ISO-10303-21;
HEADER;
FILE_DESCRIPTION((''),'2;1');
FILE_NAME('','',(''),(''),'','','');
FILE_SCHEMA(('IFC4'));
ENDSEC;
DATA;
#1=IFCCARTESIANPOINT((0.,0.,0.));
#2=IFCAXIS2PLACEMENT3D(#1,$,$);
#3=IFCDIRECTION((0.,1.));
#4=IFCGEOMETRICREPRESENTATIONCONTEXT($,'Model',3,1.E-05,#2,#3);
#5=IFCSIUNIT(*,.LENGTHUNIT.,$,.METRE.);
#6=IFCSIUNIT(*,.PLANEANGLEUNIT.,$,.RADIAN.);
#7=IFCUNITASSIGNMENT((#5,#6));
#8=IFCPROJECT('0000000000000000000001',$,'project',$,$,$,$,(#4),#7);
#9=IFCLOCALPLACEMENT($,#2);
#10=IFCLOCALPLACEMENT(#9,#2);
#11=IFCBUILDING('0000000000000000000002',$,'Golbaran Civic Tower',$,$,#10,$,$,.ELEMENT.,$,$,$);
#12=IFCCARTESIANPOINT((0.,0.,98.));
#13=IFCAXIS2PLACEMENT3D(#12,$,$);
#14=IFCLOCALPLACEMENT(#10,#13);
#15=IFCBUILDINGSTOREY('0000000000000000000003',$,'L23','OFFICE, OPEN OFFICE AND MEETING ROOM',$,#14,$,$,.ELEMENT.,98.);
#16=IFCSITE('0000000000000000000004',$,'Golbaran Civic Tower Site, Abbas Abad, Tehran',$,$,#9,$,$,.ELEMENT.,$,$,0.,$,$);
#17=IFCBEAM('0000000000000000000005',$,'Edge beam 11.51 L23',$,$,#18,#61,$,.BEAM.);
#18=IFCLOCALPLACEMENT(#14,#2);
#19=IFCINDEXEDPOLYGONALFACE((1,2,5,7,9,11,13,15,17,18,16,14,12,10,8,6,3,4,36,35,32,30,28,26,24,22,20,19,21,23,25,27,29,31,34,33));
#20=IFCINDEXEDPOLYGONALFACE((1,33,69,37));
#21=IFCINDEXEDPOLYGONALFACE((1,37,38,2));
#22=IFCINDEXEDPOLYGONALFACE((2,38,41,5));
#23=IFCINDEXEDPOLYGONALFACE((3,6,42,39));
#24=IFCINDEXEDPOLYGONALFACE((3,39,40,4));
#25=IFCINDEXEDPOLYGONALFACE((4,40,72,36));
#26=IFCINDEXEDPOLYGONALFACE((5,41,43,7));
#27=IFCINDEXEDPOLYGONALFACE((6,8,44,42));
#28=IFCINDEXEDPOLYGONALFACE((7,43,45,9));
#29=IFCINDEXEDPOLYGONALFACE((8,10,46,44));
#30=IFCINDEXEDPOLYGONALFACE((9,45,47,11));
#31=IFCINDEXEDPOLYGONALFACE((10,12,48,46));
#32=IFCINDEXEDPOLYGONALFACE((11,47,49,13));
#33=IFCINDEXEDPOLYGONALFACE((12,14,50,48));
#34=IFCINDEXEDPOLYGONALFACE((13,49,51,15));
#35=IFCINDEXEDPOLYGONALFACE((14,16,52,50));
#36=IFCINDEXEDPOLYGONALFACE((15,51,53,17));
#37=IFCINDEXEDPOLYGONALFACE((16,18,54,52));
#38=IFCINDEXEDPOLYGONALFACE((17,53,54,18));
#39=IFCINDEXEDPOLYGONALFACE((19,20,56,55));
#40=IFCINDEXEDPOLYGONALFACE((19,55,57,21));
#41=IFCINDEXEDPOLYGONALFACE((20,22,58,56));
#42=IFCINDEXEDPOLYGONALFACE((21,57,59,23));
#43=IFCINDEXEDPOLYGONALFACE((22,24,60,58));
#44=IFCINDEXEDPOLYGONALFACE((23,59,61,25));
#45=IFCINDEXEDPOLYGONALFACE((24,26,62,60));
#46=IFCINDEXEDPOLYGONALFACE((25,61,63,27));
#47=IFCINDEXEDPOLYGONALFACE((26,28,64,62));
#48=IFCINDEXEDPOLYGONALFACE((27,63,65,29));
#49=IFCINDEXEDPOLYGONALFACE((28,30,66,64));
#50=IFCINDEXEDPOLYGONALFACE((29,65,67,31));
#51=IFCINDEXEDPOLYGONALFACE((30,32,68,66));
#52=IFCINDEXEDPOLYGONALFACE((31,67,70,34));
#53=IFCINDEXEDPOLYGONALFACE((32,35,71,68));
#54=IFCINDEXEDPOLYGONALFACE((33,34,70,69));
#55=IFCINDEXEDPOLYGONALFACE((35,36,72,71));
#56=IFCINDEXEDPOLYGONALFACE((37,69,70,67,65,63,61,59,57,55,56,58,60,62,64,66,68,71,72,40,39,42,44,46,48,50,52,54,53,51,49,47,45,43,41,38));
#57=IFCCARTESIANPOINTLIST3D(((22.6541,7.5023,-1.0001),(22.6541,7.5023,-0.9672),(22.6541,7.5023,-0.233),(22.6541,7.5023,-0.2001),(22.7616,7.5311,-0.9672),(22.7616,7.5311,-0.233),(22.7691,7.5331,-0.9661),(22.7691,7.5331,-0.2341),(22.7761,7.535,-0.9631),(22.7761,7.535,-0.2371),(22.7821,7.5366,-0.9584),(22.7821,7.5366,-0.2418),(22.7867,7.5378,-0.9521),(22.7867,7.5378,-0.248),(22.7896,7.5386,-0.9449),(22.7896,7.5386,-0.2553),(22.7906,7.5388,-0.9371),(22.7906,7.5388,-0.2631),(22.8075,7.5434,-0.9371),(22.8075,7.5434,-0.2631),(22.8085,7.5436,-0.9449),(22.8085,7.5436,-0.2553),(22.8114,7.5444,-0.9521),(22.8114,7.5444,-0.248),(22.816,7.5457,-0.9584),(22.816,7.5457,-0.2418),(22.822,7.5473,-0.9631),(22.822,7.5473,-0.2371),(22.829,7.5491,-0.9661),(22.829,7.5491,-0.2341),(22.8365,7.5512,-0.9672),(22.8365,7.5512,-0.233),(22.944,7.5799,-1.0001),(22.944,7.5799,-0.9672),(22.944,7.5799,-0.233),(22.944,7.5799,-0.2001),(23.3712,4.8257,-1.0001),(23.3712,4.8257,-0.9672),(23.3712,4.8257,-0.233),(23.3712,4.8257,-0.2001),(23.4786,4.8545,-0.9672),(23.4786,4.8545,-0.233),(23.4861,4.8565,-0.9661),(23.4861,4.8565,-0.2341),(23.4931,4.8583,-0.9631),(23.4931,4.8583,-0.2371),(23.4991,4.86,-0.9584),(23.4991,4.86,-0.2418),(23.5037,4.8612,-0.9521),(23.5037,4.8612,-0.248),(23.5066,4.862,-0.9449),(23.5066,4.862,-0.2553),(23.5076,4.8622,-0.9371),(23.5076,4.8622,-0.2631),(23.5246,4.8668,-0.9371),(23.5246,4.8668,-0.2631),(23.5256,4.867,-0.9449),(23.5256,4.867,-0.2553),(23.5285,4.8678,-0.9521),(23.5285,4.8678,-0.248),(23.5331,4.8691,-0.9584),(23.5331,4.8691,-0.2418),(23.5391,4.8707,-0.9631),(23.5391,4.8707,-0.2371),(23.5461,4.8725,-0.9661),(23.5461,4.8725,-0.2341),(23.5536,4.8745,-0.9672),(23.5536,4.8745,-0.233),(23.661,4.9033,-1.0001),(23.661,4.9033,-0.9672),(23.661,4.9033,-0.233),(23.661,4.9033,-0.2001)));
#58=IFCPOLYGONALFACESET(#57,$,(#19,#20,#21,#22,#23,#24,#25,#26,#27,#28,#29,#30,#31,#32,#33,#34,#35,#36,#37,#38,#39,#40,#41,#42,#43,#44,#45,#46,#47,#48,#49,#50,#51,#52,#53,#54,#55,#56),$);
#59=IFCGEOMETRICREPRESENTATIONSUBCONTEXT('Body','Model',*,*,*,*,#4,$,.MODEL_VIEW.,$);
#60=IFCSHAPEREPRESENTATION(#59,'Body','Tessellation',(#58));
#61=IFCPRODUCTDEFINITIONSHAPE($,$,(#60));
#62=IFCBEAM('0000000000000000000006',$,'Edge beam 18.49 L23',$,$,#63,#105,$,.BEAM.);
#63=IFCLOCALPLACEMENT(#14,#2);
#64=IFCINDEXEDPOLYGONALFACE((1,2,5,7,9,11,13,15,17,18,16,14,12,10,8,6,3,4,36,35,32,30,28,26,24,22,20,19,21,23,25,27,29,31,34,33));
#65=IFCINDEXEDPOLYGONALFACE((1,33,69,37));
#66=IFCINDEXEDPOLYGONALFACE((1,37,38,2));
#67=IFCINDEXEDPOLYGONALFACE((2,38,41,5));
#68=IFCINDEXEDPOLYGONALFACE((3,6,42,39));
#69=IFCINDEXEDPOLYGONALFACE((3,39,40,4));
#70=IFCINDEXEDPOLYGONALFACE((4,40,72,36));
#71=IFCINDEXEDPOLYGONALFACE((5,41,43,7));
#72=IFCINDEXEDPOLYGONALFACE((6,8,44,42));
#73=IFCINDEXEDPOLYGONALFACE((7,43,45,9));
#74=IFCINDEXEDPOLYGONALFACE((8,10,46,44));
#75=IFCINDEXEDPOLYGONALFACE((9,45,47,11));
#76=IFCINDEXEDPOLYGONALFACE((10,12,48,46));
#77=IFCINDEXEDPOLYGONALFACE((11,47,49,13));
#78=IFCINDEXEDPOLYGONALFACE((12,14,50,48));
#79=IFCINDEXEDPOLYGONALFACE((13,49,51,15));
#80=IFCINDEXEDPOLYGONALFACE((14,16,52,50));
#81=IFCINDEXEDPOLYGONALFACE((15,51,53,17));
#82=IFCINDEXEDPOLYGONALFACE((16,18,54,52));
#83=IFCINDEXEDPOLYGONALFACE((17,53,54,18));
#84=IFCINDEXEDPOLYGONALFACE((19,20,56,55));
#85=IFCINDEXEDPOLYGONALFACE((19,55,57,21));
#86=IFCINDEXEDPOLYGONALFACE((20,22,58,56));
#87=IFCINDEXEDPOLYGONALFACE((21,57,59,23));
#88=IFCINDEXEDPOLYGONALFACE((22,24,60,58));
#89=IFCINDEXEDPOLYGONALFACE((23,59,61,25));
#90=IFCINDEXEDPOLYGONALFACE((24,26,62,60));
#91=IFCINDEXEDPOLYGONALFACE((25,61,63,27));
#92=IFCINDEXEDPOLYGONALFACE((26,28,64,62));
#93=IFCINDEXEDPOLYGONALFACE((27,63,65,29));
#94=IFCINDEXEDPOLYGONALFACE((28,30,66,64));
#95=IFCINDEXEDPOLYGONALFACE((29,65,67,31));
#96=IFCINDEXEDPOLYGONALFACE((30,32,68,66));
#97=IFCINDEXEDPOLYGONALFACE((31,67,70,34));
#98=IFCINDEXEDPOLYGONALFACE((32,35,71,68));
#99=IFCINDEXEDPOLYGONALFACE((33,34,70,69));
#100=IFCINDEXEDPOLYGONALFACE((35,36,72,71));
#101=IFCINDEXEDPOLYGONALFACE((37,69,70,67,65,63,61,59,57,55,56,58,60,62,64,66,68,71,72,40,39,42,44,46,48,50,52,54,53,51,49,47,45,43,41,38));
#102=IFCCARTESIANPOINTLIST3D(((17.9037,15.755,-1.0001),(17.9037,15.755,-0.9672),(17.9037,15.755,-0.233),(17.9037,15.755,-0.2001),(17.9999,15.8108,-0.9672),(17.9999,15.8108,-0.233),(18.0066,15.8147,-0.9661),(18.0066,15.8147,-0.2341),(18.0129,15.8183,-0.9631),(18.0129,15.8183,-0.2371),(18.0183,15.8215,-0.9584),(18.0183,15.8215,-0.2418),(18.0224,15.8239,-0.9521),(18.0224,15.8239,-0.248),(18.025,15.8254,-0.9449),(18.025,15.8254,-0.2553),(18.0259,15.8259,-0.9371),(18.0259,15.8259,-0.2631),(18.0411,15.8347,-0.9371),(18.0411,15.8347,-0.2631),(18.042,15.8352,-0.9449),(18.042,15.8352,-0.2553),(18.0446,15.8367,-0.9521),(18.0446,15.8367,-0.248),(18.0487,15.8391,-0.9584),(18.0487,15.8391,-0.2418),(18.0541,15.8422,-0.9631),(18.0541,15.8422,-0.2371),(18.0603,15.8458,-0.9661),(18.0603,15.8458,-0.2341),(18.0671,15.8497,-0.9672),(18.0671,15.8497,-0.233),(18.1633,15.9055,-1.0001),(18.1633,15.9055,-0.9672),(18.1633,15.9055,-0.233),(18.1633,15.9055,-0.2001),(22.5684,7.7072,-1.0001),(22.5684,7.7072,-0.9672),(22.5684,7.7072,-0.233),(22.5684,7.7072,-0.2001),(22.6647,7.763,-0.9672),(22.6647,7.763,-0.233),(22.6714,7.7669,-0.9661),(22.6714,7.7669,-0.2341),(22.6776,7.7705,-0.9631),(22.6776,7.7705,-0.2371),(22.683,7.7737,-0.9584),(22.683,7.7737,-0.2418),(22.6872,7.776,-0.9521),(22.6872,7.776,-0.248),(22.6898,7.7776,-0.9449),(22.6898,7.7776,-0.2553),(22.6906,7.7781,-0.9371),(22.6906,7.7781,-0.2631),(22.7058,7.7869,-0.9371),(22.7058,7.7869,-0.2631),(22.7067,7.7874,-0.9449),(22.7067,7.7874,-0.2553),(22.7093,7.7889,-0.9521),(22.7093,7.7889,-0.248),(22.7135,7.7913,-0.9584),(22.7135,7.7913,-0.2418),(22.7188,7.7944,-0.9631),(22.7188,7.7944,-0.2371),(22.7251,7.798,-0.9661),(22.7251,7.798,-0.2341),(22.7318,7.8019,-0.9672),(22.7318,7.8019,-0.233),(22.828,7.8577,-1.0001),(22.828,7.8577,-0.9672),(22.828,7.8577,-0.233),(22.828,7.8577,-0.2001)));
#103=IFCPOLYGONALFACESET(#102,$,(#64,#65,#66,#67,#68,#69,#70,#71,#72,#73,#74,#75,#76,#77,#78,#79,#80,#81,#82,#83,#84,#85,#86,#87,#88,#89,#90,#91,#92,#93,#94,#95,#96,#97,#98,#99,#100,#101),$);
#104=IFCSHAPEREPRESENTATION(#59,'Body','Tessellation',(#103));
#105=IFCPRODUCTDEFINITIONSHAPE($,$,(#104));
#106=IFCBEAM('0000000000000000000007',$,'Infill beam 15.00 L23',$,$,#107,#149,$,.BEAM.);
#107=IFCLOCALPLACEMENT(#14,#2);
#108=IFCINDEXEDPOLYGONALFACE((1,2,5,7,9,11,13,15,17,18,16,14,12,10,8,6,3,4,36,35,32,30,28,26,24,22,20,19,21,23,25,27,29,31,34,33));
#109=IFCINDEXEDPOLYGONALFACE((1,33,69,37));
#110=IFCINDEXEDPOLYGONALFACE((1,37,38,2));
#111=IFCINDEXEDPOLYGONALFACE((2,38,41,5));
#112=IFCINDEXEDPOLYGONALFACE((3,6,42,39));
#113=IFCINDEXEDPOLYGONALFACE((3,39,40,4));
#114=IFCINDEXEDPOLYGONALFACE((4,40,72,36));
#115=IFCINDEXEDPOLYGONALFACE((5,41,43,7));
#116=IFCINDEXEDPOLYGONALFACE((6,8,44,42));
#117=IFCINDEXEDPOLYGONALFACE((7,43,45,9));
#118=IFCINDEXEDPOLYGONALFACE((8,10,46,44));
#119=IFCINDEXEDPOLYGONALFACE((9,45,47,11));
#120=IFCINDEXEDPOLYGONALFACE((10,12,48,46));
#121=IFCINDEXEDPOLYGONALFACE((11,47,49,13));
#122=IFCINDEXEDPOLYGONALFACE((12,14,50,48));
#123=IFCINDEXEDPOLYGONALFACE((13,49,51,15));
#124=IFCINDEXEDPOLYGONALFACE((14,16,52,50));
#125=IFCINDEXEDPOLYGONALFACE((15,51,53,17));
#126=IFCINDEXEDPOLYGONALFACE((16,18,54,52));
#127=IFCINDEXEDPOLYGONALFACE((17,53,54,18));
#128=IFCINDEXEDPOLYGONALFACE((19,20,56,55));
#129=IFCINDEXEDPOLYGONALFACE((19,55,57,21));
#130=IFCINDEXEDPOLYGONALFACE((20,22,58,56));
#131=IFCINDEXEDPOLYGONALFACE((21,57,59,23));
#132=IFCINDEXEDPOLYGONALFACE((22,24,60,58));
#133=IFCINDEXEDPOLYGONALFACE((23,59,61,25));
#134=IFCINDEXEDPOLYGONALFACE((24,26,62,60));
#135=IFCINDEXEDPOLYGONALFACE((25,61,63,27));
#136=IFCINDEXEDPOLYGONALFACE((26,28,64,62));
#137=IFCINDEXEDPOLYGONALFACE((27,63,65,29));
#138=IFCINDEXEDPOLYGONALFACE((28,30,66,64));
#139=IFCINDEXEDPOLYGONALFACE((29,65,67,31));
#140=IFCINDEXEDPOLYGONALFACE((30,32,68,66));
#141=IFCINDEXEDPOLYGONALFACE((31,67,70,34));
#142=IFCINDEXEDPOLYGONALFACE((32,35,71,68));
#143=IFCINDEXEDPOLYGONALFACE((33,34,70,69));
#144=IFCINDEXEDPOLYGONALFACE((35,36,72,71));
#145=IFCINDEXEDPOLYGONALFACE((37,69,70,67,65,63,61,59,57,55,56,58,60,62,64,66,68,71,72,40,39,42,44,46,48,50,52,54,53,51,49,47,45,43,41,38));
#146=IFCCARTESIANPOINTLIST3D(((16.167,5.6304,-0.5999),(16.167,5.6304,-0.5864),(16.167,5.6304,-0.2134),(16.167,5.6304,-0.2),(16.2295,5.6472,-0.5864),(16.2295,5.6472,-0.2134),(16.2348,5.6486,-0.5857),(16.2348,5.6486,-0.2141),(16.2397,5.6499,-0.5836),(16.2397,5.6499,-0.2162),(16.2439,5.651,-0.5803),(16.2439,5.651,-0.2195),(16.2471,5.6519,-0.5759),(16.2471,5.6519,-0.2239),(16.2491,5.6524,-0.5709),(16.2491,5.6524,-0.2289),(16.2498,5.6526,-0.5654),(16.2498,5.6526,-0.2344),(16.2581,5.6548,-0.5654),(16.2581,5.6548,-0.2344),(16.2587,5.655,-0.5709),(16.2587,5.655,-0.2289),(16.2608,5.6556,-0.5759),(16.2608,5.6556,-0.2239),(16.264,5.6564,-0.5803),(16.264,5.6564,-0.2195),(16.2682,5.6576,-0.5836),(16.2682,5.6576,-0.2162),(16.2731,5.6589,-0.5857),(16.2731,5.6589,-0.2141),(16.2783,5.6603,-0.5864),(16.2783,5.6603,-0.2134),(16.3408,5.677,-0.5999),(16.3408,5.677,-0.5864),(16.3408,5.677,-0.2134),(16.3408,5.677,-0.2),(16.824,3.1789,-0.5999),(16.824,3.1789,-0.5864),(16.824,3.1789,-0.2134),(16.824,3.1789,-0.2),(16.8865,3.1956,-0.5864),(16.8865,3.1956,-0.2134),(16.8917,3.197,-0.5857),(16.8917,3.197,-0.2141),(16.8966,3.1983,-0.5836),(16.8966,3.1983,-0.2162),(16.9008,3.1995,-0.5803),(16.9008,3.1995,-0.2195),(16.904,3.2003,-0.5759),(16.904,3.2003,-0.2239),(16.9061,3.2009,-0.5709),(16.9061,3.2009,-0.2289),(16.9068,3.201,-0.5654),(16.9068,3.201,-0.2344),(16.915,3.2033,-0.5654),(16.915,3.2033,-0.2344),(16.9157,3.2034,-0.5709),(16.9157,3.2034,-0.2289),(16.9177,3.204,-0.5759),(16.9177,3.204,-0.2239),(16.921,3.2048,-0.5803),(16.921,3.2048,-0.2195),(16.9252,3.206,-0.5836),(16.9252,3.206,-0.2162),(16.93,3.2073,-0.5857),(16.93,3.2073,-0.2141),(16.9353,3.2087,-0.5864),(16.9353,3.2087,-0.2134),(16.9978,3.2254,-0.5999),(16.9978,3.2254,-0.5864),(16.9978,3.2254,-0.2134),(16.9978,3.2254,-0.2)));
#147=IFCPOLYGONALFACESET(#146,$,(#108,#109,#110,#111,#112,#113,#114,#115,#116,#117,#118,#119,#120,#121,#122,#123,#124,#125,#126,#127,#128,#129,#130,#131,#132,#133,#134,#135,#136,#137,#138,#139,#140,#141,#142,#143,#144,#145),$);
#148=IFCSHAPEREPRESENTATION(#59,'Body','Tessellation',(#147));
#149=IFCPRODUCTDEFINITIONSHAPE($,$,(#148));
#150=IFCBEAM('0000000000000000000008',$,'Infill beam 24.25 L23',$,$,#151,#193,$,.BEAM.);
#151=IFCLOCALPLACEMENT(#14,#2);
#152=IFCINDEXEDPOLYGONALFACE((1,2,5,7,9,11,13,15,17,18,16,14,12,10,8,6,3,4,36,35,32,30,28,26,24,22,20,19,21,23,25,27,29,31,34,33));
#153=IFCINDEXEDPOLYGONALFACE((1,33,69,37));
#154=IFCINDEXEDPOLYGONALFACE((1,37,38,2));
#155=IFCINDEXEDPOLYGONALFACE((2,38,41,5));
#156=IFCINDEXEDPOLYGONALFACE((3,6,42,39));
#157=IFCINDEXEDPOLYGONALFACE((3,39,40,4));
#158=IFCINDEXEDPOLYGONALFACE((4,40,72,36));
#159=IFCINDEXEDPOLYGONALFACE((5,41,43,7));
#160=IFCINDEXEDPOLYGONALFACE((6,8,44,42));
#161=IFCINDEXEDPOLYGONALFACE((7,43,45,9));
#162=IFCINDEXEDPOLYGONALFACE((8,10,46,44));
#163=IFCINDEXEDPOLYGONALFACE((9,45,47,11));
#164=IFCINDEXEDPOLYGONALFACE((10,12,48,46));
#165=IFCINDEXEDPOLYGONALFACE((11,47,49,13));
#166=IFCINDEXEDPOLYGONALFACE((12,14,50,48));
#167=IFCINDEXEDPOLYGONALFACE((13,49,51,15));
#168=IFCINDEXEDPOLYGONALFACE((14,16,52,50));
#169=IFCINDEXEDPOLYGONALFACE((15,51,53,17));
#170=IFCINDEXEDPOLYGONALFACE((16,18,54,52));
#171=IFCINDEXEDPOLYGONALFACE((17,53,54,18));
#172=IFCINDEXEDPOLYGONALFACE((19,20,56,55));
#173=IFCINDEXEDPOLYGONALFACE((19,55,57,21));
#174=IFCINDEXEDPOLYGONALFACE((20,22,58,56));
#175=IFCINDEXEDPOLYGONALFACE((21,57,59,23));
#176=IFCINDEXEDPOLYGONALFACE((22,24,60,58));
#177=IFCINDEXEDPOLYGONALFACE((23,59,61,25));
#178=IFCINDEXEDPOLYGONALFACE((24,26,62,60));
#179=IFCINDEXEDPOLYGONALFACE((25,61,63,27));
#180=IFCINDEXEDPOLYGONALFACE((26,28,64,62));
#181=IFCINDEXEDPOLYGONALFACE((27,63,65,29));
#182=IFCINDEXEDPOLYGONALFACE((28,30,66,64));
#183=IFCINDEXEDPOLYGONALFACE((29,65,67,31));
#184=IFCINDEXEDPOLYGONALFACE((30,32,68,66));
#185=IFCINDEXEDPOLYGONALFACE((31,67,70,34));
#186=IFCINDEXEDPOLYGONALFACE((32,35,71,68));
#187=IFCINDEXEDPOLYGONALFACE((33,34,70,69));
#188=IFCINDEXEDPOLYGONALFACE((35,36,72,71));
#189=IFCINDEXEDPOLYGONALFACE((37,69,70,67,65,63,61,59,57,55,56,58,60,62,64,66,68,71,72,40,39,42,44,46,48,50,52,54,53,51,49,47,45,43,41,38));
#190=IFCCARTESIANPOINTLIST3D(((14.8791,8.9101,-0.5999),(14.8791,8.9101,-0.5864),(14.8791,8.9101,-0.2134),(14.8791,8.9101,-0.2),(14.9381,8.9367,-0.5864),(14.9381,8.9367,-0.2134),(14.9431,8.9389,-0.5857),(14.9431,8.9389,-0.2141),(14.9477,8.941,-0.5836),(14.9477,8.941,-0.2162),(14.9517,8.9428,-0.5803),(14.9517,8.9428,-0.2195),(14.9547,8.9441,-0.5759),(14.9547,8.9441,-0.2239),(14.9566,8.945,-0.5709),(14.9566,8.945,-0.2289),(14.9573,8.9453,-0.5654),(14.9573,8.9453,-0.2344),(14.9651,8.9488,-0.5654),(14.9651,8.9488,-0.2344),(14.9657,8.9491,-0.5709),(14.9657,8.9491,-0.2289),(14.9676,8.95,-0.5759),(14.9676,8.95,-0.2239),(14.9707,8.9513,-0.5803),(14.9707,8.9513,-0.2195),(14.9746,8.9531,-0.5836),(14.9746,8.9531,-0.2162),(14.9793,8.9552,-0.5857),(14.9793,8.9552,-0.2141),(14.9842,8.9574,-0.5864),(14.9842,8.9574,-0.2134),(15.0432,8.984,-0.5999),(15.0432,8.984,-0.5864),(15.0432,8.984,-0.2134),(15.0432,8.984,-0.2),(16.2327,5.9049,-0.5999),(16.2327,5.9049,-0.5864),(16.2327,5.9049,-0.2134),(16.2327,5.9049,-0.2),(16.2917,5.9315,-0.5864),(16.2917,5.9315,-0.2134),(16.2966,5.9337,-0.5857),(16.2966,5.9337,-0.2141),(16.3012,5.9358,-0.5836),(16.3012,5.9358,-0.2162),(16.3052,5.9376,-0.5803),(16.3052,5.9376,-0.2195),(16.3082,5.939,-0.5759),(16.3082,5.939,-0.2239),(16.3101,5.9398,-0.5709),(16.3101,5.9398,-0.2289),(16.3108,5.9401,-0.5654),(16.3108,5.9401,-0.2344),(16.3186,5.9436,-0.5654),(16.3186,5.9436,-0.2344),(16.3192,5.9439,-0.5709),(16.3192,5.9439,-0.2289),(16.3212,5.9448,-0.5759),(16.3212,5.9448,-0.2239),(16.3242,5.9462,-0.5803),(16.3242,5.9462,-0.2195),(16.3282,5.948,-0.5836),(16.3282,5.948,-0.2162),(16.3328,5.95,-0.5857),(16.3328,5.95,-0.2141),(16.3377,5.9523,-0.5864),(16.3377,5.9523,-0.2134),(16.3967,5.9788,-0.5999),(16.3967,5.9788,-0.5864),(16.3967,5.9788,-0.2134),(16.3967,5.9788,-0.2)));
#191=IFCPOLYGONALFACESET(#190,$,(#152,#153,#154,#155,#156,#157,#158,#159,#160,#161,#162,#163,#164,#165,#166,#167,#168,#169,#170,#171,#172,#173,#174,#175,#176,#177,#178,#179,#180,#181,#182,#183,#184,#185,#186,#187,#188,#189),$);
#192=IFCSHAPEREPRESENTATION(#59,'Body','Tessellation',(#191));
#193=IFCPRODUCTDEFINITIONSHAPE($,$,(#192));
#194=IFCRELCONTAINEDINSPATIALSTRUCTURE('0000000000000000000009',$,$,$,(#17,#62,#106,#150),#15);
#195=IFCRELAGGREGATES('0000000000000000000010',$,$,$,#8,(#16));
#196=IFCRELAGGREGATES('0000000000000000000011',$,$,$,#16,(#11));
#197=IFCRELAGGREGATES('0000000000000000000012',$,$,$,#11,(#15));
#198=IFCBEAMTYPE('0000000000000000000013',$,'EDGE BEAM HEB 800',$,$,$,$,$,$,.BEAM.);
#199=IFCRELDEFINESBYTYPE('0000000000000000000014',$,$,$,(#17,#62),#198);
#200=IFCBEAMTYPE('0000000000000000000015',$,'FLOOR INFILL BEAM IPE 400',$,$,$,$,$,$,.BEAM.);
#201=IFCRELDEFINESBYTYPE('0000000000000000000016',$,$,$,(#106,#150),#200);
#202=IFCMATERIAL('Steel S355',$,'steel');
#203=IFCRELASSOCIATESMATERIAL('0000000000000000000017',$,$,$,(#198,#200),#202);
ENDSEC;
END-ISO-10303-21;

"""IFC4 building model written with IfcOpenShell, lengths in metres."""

from ifc_helpers import new_model, si_unit, direction, frame, origin, origin_2d, place, context, subcontext, project, spatial, i_section, extrude, material, material_profile, profile_set, type_object, element, save


model = new_model("IFC4")

# Units and contexts
model_context = context("Model", 3, precision=1e-05, world=origin(), true_north=direction((0.0, 1.0)))
body_context = subcontext(model_context, "Body", "Model", "MODEL_VIEW")
ifc_project = project(units=[si_unit("LENGTHUNIT", "METRE"), si_unit("PLANEANGLEUNIT", "RADIAN")], contexts=[model_context])

# Site, building, storey
site_placement = place(None, origin())
site = spatial("IfcSite", under=ifc_project, at=site_placement, Name="Golbaran Civic Tower Site, Abbas Abad, Tehran", CompositionType="ELEMENT", RefElevation=0.0)
building_placement = place(site_placement, origin())
building = spatial("IfcBuilding", under=site, at=building_placement, Name="Golbaran Civic Tower", CompositionType="ELEMENT")
storey_placement = place(building_placement, frame((0.0, 0.0, 98.0)))
storey = spatial("IfcBuildingStorey", under=building, at=storey_placement, Name="L23", Description="OFFICE, OPEN OFFICE AND MEETING ROOM", CompositionType="ELEMENT", Elevation=98.0)

# Beams
ifc_material_1 = material(Name="Steel S355", Category="steel")
ifc_material_profile_1 = material_profile(ifc_material_1, i_section(OverallWidth=0.3, OverallDepth=0.8, WebThickness=0.0176, FlangeThickness=0.033, FilletRadius=0.03, at=origin_2d()), Name="HEB 800")
ifc_profile_set_1 = profile_set([ifc_material_profile_1], Name="Steel S355")
beam_type_1 = type_object("IfcBeamType", Name="EDGE BEAM HEB 800", PredefinedType="BEAM", material=ifc_profile_set_1)
beam_1_placement = place(storey_placement, frame((23.5161, 4.8645, -0.6001), z_axis=(-0.258776, 0.965937, 0.0), x_axis=(-0.965937, -0.258776, 0.0)))
element("IfcBeam", 1, at=beam_1_placement, inside=storey, type_object=beam_type_1, Name="Edge beam 11.51 L23", PredefinedType="BEAM", context=body_context, shape_type="SweptSolid", body=[
    extrude(i_section(OverallWidth=0.3, OverallDepth=0.8, WebThickness=0.0176, FlangeThickness=0.033, FilletRadius=0.03, at=origin_2d()), origin(), (0.0, 0.0, 1.0), 2.771),
])
beam_2_placement = place(storey_placement, frame((22.6982, 7.7825, -0.6001), z_axis=(-0.50148, 0.865169, 0.0), x_axis=(-0.865169, -0.50148, 0.0)))
element("IfcBeam", 2, at=beam_2_placement, inside=storey, type_object=beam_type_1, Name="Edge beam 18.49 L23", PredefinedType="BEAM", context=body_context, shape_type="SweptSolid", body=[
    extrude(i_section(OverallWidth=0.3, OverallDepth=0.8, WebThickness=0.0176, FlangeThickness=0.033, FilletRadius=0.03, at=origin_2d()), origin(), (0.0, 0.0, 1.0), 9.302),
])
ifc_material_profile_2 = material_profile(ifc_material_1, i_section(OverallWidth=0.1799, OverallDepth=0.3999, WebThickness=0.0085, FlangeThickness=0.0134, FilletRadius=0.021, at=origin_2d()), Name="IPE 400")
ifc_profile_set_2 = profile_set([ifc_material_profile_2], Name="Steel S355")
beam_type_2 = type_object("IfcBeamType", Name="FLOOR INFILL BEAM IPE 400", PredefinedType="BEAM", material=ifc_profile_set_2)
beam_3_placement = place(storey_placement, frame((16.9109, 3.2021, -0.3999), z_axis=(-0.258842, 0.96592, 0.0), x_axis=(-0.96592, -0.258842, 0.0)))
element("IfcBeam", 3, at=beam_3_placement, inside=storey, type_object=beam_type_2, Name="Infill beam 15.00 L23", PredefinedType="BEAM", context=body_context, shape_type="SweptSolid", body=[
    extrude(i_section(OverallWidth=0.1799, OverallDepth=0.3999, WebThickness=0.0085, FlangeThickness=0.0134, FilletRadius=0.021, at=origin_2d()), origin(), (0.0, 0.0, 1.0), 2.5381),
])
beam_4_placement = place(storey_placement, frame((16.3147, 5.9419, -0.3999), z_axis=(-0.41067, 0.911784, 0.0), x_axis=(-0.911784, -0.41067, 0.0)))
element("IfcBeam", 4, at=beam_4_placement, inside=storey, type_object=beam_type_2, Name="Infill beam 24.25 L23", PredefinedType="BEAM", context=body_context, shape_type="SweptSolid", body=[
    extrude(i_section(OverallWidth=0.1799, OverallDepth=0.3999, WebThickness=0.0085, FlangeThickness=0.0134, FilletRadius=0.021, at=origin_2d()), origin(), (0.0, 0.0, 1.0), 3.2959),
])

save(model, "model.ifc")
